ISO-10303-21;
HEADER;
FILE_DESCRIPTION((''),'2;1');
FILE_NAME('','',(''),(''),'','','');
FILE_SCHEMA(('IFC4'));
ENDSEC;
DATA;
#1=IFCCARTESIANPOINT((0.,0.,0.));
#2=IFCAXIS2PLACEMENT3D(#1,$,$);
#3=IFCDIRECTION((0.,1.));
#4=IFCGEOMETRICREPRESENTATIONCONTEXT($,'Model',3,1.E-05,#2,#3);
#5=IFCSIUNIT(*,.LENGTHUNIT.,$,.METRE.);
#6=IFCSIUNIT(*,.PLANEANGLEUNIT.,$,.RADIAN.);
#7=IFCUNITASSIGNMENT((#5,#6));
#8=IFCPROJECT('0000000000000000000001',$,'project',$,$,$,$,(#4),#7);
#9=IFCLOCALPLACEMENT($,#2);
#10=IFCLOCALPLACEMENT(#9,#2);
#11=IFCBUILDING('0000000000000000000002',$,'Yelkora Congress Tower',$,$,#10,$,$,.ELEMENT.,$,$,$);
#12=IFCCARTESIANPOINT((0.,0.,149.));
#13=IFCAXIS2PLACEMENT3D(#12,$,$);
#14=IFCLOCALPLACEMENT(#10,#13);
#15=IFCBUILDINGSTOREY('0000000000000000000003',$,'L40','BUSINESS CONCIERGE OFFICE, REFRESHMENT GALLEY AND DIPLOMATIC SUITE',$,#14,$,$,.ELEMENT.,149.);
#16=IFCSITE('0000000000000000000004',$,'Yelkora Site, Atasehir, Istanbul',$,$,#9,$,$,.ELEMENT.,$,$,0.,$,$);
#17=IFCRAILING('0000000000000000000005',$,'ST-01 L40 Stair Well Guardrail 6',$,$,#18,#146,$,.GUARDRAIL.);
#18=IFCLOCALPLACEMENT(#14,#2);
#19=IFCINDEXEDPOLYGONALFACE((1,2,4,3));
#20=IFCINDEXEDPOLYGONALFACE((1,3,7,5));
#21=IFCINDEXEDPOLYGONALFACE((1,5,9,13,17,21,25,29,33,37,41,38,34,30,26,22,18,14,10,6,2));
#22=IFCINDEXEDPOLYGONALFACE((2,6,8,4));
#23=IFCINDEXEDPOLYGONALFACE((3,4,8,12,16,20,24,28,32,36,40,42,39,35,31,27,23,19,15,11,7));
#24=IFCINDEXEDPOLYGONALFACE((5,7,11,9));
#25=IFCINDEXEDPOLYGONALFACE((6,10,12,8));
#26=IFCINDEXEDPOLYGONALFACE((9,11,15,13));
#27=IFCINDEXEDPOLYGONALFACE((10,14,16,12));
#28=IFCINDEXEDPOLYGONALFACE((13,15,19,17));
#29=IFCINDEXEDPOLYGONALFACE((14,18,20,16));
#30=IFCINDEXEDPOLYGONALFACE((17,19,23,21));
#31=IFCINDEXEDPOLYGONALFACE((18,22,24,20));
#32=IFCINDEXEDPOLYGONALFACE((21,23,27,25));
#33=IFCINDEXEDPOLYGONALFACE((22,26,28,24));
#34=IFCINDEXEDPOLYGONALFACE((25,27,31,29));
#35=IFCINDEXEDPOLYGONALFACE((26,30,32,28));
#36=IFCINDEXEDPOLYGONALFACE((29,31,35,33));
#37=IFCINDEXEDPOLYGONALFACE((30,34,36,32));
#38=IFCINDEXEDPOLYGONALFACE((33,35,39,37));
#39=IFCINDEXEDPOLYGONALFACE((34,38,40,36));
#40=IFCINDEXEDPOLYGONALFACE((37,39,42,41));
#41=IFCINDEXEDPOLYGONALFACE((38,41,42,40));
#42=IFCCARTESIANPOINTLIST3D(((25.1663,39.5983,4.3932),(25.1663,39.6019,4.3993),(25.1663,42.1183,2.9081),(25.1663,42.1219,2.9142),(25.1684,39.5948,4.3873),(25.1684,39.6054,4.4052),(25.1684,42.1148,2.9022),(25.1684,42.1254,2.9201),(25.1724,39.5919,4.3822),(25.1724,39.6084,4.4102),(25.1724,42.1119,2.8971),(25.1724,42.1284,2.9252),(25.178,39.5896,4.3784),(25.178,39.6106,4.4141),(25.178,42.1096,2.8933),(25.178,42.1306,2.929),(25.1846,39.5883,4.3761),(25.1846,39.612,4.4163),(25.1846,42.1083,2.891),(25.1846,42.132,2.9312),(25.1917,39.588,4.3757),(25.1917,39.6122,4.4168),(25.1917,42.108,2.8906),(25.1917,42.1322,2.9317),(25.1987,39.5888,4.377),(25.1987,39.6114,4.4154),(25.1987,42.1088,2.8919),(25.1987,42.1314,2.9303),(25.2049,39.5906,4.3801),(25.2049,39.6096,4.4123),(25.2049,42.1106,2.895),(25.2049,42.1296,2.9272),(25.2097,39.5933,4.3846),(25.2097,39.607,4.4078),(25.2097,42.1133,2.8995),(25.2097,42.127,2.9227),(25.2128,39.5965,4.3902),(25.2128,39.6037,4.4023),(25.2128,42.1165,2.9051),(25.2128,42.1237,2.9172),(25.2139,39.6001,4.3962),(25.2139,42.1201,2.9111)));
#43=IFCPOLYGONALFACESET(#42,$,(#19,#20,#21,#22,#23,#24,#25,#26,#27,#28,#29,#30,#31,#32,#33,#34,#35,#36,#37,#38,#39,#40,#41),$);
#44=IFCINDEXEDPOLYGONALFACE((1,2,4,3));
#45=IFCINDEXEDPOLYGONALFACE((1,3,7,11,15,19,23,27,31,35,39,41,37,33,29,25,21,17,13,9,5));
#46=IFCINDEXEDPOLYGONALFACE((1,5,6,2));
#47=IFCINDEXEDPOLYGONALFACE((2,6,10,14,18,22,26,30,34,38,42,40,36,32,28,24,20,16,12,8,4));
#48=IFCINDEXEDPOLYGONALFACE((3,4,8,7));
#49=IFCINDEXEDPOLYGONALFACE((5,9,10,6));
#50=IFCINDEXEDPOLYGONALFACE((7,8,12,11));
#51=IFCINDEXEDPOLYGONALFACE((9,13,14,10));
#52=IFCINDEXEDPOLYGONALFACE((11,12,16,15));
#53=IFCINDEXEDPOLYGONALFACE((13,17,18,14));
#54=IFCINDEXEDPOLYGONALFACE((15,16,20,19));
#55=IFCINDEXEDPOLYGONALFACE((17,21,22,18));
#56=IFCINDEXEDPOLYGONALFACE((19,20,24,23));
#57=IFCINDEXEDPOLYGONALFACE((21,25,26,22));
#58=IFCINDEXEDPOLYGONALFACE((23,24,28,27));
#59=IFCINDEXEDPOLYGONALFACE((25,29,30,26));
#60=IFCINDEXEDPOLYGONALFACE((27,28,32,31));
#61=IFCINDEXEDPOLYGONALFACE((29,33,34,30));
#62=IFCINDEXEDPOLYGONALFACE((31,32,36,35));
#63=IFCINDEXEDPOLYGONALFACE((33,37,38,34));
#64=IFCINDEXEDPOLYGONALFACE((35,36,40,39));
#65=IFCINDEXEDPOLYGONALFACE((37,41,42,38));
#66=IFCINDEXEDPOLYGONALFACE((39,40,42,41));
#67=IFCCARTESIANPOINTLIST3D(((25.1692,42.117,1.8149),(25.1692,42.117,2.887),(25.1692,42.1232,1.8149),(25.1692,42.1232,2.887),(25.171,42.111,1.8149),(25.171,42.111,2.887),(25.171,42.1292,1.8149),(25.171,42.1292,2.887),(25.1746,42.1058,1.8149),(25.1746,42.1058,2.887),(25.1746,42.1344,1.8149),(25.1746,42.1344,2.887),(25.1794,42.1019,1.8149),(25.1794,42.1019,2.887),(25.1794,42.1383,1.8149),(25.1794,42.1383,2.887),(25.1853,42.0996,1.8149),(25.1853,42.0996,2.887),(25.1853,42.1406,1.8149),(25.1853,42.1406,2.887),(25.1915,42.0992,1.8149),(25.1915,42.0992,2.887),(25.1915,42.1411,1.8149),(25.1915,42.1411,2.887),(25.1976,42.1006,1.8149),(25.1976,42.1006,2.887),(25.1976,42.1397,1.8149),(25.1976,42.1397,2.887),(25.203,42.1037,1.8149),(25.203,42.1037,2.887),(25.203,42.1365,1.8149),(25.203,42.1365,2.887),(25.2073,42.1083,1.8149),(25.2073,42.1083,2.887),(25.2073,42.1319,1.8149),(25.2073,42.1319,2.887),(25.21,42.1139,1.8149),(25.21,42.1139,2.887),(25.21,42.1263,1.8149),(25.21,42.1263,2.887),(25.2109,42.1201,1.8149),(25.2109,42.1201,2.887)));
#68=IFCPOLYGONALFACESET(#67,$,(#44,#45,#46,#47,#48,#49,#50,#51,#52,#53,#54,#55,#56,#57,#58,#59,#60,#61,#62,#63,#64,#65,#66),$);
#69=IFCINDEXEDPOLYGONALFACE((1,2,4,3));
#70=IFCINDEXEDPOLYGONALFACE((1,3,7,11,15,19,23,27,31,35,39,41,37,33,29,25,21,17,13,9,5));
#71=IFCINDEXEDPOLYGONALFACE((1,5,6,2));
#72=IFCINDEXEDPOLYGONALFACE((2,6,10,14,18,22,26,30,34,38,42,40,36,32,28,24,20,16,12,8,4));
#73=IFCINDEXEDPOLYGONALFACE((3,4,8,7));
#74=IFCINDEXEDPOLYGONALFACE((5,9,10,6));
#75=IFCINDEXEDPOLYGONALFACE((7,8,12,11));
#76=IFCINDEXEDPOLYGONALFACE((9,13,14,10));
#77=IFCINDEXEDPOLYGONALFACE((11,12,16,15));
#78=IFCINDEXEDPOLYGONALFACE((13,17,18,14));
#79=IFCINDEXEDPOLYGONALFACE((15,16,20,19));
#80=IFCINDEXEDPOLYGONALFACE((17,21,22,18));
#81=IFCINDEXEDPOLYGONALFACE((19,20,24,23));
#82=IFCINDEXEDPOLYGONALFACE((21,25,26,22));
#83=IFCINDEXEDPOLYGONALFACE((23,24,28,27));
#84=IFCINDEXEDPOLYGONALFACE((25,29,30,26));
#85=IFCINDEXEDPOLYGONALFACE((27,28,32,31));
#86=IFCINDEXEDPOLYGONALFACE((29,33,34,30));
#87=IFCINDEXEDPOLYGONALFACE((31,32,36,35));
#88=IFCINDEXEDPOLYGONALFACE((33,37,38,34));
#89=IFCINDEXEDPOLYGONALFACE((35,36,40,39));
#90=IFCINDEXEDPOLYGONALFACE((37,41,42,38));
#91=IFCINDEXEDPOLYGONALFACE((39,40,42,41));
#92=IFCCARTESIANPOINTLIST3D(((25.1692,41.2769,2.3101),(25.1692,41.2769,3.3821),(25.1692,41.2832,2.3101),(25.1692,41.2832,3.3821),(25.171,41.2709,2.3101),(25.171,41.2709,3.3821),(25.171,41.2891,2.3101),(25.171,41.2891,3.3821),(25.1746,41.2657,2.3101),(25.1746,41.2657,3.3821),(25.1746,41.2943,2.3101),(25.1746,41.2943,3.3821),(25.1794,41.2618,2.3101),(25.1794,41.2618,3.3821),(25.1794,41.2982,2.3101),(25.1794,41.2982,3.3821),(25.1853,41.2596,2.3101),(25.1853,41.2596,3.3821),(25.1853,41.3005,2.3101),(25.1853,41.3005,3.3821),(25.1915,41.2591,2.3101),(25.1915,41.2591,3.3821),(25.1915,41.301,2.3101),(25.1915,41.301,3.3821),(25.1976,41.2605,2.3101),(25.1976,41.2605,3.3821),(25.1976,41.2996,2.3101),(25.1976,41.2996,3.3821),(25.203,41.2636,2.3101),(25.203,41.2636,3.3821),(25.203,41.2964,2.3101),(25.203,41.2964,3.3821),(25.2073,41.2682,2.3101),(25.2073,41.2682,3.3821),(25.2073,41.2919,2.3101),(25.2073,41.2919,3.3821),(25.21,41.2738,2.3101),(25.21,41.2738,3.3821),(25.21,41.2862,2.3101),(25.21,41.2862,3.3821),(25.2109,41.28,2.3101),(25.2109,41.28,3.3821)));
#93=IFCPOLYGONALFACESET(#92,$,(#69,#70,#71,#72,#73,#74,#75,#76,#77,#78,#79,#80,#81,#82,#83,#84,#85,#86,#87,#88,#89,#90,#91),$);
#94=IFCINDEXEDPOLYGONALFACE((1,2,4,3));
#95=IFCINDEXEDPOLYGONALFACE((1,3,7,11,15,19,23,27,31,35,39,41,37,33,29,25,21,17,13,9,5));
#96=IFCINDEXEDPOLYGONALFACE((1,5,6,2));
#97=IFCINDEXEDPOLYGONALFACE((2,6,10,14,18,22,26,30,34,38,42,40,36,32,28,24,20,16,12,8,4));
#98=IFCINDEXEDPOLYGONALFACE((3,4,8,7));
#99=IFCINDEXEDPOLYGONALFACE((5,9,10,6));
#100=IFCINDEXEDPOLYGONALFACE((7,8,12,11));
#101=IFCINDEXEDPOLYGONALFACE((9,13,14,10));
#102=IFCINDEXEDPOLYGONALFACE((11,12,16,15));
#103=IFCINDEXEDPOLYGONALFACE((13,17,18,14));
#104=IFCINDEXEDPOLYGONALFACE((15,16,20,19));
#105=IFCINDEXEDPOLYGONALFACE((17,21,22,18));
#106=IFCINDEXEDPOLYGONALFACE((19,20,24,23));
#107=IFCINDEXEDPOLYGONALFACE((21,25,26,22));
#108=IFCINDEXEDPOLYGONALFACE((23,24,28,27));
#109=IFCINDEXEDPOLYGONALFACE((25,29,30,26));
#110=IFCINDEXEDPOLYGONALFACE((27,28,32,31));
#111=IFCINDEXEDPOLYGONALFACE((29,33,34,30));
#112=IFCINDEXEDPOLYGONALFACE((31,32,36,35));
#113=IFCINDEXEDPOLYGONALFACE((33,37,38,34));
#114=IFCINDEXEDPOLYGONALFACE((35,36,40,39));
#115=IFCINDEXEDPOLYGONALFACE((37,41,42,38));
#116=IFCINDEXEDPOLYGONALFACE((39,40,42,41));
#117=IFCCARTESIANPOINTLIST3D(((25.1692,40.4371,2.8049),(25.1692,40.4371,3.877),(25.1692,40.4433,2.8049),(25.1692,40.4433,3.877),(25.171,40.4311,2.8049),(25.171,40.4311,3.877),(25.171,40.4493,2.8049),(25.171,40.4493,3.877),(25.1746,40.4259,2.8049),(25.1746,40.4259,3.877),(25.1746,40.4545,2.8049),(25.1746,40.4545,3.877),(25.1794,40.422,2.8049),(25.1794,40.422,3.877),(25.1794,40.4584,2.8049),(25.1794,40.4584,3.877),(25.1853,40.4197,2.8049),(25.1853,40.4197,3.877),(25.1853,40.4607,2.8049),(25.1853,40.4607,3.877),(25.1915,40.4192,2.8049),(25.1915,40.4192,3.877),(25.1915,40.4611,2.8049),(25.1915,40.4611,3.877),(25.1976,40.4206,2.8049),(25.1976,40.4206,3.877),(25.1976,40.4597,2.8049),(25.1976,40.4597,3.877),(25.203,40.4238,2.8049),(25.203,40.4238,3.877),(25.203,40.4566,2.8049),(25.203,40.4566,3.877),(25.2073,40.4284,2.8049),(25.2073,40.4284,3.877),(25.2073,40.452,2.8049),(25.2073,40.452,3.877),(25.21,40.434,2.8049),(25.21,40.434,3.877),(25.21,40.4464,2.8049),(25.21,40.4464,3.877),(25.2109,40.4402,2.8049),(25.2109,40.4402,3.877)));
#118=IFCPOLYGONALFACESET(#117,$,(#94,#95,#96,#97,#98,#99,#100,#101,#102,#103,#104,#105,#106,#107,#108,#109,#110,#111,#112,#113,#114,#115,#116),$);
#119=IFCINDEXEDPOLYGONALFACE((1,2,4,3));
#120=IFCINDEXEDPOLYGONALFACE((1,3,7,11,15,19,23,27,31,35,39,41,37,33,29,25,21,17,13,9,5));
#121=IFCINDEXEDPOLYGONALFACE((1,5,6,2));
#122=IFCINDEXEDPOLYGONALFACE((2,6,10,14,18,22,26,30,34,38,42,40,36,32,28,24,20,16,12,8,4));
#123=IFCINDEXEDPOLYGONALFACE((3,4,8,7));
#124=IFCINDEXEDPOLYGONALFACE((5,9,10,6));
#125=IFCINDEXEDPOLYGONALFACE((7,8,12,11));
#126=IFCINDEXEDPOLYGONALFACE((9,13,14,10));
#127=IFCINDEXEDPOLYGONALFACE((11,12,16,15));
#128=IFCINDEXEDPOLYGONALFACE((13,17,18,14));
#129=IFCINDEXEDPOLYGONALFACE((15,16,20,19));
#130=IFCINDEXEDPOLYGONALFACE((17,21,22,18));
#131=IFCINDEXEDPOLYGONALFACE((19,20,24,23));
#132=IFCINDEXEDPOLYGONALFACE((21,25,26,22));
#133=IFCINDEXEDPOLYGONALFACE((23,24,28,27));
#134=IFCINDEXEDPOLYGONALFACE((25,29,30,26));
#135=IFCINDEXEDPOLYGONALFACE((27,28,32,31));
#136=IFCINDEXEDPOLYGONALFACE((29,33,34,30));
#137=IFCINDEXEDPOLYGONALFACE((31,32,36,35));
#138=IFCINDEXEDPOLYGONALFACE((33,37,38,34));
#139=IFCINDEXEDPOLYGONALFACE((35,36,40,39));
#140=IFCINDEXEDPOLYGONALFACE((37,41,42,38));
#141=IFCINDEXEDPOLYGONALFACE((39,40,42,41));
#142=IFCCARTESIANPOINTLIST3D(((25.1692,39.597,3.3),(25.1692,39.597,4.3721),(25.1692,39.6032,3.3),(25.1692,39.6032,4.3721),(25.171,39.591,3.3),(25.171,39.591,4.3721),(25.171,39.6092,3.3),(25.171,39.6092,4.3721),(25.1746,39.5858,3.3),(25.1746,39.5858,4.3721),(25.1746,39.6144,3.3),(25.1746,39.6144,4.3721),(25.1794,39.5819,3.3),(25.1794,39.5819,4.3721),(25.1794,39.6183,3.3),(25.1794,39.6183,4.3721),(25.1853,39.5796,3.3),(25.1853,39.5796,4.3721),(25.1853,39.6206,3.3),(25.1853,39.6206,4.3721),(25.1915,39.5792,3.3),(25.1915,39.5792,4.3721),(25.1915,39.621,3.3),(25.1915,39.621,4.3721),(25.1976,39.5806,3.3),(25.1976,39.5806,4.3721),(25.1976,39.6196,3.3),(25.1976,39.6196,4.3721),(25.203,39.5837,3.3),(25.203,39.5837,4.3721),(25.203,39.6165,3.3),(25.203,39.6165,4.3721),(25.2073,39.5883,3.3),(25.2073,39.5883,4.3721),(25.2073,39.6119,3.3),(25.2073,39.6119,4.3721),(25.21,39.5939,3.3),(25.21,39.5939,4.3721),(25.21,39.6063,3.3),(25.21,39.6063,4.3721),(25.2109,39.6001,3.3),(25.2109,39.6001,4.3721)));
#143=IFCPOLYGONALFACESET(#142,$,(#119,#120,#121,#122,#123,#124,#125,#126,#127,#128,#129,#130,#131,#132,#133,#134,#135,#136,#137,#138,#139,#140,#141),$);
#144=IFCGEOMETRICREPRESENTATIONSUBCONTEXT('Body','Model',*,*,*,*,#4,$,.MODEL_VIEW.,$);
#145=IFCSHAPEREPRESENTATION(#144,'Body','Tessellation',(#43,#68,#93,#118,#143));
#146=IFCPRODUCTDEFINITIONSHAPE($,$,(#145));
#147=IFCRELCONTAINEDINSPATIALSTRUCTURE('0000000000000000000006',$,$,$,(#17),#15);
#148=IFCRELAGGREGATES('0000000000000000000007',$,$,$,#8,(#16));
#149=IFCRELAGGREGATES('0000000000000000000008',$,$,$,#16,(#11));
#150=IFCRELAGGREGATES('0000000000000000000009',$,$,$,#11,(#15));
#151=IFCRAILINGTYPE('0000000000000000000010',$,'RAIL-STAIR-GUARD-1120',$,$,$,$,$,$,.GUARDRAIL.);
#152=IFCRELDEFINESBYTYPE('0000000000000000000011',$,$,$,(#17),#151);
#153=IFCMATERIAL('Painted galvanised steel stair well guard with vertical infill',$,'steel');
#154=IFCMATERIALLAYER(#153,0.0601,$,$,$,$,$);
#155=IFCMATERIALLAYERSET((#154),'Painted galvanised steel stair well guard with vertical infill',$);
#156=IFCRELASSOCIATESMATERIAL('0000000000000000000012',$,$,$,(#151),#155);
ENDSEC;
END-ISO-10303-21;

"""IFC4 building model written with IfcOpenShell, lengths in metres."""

from ifc_helpers import new_model, si_unit, direction, frame, origin, origin_2d, place, context, subcontext, project, spatial, circle, extrude, material, layer, layer_set, type_object, element, save


model = new_model("IFC4")

# Units and contexts
model_context = context("Model", 3, precision=1e-05, world=origin(), true_north=direction((0.0, 1.0)))
body_context = subcontext(model_context, "Body", "Model", "MODEL_VIEW")
ifc_project = project(units=[si_unit("LENGTHUNIT", "METRE"), si_unit("PLANEANGLEUNIT", "RADIAN")], contexts=[model_context])

# Site, building, storey
site_placement = place(None, origin())
site = spatial("IfcSite", under=ifc_project, at=site_placement, Name="Yelkora Site, Atasehir, Istanbul", CompositionType="ELEMENT", RefElevation=0.0)
building_placement = place(site_placement, origin())
building = spatial("IfcBuilding", under=site, at=building_placement, Name="Yelkora Congress Tower", CompositionType="ELEMENT")
storey_placement = place(building_placement, frame((0.0, 0.0, 149.0)))
storey = spatial("IfcBuildingStorey", under=building, at=storey_placement, Name="L40", Description="BUSINESS CONCIERGE OFFICE, REFRESHMENT GALLEY AND DIPLOMATIC SUITE", CompositionType="ELEMENT", Elevation=149.0)

# Railing
ifc_material_1 = material(Name="Painted galvanised steel stair well guard with vertical infill", Category="steel")
ifc_layer_1 = layer(ifc_material_1, 0.0601)
ifc_layer_set_1 = layer_set([ifc_layer_1], Name="Painted galvanised steel stair well guard with vertical infill")
railing_type = type_object("IfcRailingType", Name="RAIL-STAIR-GUARD-1120", PredefinedType="GUARDRAIL", material=ifc_layer_set_1)
railing_1_placement = place(storey_placement, frame((25.1899, 42.1201, 1.8149)))
element("IfcRailing", 1, at=railing_1_placement, inside=storey, type_object=railing_type, Name="ST-01 L40 Stair Well Guardrail 6", PredefinedType="GUARDRAIL", context=body_context, shape_type="SweptSolid", body=[
    extrude(circle(Radius=0.0239, at=origin_2d()), frame((0.0, 0.0, 1.0962), z_axis=(0.0, -0.861524, 0.507717), x_axis=(1.0, 0.0, 0.0)), (0.0, 0.0, 1.0), 2.925),
    extrude(circle(Radius=0.021, at=origin_2d()), origin(), (0.0, 0.0, 1.0), 1.072),
    extrude(circle(Radius=0.021, at=origin_2d()), frame((0.0, -0.8401, 0.4951)), (0.0, 0.0, 1.0), 1.072),
    extrude(circle(Radius=0.021, at=origin_2d()), frame((0.0, -1.6799, 0.99)), (0.0, 0.0, 1.0), 1.072),
    extrude(circle(Radius=0.021, at=origin_2d()), frame((0.0, -2.52, 1.4851)), (0.0, 0.0, 1.0), 1.072),
])

save(model, "model.ifc")
